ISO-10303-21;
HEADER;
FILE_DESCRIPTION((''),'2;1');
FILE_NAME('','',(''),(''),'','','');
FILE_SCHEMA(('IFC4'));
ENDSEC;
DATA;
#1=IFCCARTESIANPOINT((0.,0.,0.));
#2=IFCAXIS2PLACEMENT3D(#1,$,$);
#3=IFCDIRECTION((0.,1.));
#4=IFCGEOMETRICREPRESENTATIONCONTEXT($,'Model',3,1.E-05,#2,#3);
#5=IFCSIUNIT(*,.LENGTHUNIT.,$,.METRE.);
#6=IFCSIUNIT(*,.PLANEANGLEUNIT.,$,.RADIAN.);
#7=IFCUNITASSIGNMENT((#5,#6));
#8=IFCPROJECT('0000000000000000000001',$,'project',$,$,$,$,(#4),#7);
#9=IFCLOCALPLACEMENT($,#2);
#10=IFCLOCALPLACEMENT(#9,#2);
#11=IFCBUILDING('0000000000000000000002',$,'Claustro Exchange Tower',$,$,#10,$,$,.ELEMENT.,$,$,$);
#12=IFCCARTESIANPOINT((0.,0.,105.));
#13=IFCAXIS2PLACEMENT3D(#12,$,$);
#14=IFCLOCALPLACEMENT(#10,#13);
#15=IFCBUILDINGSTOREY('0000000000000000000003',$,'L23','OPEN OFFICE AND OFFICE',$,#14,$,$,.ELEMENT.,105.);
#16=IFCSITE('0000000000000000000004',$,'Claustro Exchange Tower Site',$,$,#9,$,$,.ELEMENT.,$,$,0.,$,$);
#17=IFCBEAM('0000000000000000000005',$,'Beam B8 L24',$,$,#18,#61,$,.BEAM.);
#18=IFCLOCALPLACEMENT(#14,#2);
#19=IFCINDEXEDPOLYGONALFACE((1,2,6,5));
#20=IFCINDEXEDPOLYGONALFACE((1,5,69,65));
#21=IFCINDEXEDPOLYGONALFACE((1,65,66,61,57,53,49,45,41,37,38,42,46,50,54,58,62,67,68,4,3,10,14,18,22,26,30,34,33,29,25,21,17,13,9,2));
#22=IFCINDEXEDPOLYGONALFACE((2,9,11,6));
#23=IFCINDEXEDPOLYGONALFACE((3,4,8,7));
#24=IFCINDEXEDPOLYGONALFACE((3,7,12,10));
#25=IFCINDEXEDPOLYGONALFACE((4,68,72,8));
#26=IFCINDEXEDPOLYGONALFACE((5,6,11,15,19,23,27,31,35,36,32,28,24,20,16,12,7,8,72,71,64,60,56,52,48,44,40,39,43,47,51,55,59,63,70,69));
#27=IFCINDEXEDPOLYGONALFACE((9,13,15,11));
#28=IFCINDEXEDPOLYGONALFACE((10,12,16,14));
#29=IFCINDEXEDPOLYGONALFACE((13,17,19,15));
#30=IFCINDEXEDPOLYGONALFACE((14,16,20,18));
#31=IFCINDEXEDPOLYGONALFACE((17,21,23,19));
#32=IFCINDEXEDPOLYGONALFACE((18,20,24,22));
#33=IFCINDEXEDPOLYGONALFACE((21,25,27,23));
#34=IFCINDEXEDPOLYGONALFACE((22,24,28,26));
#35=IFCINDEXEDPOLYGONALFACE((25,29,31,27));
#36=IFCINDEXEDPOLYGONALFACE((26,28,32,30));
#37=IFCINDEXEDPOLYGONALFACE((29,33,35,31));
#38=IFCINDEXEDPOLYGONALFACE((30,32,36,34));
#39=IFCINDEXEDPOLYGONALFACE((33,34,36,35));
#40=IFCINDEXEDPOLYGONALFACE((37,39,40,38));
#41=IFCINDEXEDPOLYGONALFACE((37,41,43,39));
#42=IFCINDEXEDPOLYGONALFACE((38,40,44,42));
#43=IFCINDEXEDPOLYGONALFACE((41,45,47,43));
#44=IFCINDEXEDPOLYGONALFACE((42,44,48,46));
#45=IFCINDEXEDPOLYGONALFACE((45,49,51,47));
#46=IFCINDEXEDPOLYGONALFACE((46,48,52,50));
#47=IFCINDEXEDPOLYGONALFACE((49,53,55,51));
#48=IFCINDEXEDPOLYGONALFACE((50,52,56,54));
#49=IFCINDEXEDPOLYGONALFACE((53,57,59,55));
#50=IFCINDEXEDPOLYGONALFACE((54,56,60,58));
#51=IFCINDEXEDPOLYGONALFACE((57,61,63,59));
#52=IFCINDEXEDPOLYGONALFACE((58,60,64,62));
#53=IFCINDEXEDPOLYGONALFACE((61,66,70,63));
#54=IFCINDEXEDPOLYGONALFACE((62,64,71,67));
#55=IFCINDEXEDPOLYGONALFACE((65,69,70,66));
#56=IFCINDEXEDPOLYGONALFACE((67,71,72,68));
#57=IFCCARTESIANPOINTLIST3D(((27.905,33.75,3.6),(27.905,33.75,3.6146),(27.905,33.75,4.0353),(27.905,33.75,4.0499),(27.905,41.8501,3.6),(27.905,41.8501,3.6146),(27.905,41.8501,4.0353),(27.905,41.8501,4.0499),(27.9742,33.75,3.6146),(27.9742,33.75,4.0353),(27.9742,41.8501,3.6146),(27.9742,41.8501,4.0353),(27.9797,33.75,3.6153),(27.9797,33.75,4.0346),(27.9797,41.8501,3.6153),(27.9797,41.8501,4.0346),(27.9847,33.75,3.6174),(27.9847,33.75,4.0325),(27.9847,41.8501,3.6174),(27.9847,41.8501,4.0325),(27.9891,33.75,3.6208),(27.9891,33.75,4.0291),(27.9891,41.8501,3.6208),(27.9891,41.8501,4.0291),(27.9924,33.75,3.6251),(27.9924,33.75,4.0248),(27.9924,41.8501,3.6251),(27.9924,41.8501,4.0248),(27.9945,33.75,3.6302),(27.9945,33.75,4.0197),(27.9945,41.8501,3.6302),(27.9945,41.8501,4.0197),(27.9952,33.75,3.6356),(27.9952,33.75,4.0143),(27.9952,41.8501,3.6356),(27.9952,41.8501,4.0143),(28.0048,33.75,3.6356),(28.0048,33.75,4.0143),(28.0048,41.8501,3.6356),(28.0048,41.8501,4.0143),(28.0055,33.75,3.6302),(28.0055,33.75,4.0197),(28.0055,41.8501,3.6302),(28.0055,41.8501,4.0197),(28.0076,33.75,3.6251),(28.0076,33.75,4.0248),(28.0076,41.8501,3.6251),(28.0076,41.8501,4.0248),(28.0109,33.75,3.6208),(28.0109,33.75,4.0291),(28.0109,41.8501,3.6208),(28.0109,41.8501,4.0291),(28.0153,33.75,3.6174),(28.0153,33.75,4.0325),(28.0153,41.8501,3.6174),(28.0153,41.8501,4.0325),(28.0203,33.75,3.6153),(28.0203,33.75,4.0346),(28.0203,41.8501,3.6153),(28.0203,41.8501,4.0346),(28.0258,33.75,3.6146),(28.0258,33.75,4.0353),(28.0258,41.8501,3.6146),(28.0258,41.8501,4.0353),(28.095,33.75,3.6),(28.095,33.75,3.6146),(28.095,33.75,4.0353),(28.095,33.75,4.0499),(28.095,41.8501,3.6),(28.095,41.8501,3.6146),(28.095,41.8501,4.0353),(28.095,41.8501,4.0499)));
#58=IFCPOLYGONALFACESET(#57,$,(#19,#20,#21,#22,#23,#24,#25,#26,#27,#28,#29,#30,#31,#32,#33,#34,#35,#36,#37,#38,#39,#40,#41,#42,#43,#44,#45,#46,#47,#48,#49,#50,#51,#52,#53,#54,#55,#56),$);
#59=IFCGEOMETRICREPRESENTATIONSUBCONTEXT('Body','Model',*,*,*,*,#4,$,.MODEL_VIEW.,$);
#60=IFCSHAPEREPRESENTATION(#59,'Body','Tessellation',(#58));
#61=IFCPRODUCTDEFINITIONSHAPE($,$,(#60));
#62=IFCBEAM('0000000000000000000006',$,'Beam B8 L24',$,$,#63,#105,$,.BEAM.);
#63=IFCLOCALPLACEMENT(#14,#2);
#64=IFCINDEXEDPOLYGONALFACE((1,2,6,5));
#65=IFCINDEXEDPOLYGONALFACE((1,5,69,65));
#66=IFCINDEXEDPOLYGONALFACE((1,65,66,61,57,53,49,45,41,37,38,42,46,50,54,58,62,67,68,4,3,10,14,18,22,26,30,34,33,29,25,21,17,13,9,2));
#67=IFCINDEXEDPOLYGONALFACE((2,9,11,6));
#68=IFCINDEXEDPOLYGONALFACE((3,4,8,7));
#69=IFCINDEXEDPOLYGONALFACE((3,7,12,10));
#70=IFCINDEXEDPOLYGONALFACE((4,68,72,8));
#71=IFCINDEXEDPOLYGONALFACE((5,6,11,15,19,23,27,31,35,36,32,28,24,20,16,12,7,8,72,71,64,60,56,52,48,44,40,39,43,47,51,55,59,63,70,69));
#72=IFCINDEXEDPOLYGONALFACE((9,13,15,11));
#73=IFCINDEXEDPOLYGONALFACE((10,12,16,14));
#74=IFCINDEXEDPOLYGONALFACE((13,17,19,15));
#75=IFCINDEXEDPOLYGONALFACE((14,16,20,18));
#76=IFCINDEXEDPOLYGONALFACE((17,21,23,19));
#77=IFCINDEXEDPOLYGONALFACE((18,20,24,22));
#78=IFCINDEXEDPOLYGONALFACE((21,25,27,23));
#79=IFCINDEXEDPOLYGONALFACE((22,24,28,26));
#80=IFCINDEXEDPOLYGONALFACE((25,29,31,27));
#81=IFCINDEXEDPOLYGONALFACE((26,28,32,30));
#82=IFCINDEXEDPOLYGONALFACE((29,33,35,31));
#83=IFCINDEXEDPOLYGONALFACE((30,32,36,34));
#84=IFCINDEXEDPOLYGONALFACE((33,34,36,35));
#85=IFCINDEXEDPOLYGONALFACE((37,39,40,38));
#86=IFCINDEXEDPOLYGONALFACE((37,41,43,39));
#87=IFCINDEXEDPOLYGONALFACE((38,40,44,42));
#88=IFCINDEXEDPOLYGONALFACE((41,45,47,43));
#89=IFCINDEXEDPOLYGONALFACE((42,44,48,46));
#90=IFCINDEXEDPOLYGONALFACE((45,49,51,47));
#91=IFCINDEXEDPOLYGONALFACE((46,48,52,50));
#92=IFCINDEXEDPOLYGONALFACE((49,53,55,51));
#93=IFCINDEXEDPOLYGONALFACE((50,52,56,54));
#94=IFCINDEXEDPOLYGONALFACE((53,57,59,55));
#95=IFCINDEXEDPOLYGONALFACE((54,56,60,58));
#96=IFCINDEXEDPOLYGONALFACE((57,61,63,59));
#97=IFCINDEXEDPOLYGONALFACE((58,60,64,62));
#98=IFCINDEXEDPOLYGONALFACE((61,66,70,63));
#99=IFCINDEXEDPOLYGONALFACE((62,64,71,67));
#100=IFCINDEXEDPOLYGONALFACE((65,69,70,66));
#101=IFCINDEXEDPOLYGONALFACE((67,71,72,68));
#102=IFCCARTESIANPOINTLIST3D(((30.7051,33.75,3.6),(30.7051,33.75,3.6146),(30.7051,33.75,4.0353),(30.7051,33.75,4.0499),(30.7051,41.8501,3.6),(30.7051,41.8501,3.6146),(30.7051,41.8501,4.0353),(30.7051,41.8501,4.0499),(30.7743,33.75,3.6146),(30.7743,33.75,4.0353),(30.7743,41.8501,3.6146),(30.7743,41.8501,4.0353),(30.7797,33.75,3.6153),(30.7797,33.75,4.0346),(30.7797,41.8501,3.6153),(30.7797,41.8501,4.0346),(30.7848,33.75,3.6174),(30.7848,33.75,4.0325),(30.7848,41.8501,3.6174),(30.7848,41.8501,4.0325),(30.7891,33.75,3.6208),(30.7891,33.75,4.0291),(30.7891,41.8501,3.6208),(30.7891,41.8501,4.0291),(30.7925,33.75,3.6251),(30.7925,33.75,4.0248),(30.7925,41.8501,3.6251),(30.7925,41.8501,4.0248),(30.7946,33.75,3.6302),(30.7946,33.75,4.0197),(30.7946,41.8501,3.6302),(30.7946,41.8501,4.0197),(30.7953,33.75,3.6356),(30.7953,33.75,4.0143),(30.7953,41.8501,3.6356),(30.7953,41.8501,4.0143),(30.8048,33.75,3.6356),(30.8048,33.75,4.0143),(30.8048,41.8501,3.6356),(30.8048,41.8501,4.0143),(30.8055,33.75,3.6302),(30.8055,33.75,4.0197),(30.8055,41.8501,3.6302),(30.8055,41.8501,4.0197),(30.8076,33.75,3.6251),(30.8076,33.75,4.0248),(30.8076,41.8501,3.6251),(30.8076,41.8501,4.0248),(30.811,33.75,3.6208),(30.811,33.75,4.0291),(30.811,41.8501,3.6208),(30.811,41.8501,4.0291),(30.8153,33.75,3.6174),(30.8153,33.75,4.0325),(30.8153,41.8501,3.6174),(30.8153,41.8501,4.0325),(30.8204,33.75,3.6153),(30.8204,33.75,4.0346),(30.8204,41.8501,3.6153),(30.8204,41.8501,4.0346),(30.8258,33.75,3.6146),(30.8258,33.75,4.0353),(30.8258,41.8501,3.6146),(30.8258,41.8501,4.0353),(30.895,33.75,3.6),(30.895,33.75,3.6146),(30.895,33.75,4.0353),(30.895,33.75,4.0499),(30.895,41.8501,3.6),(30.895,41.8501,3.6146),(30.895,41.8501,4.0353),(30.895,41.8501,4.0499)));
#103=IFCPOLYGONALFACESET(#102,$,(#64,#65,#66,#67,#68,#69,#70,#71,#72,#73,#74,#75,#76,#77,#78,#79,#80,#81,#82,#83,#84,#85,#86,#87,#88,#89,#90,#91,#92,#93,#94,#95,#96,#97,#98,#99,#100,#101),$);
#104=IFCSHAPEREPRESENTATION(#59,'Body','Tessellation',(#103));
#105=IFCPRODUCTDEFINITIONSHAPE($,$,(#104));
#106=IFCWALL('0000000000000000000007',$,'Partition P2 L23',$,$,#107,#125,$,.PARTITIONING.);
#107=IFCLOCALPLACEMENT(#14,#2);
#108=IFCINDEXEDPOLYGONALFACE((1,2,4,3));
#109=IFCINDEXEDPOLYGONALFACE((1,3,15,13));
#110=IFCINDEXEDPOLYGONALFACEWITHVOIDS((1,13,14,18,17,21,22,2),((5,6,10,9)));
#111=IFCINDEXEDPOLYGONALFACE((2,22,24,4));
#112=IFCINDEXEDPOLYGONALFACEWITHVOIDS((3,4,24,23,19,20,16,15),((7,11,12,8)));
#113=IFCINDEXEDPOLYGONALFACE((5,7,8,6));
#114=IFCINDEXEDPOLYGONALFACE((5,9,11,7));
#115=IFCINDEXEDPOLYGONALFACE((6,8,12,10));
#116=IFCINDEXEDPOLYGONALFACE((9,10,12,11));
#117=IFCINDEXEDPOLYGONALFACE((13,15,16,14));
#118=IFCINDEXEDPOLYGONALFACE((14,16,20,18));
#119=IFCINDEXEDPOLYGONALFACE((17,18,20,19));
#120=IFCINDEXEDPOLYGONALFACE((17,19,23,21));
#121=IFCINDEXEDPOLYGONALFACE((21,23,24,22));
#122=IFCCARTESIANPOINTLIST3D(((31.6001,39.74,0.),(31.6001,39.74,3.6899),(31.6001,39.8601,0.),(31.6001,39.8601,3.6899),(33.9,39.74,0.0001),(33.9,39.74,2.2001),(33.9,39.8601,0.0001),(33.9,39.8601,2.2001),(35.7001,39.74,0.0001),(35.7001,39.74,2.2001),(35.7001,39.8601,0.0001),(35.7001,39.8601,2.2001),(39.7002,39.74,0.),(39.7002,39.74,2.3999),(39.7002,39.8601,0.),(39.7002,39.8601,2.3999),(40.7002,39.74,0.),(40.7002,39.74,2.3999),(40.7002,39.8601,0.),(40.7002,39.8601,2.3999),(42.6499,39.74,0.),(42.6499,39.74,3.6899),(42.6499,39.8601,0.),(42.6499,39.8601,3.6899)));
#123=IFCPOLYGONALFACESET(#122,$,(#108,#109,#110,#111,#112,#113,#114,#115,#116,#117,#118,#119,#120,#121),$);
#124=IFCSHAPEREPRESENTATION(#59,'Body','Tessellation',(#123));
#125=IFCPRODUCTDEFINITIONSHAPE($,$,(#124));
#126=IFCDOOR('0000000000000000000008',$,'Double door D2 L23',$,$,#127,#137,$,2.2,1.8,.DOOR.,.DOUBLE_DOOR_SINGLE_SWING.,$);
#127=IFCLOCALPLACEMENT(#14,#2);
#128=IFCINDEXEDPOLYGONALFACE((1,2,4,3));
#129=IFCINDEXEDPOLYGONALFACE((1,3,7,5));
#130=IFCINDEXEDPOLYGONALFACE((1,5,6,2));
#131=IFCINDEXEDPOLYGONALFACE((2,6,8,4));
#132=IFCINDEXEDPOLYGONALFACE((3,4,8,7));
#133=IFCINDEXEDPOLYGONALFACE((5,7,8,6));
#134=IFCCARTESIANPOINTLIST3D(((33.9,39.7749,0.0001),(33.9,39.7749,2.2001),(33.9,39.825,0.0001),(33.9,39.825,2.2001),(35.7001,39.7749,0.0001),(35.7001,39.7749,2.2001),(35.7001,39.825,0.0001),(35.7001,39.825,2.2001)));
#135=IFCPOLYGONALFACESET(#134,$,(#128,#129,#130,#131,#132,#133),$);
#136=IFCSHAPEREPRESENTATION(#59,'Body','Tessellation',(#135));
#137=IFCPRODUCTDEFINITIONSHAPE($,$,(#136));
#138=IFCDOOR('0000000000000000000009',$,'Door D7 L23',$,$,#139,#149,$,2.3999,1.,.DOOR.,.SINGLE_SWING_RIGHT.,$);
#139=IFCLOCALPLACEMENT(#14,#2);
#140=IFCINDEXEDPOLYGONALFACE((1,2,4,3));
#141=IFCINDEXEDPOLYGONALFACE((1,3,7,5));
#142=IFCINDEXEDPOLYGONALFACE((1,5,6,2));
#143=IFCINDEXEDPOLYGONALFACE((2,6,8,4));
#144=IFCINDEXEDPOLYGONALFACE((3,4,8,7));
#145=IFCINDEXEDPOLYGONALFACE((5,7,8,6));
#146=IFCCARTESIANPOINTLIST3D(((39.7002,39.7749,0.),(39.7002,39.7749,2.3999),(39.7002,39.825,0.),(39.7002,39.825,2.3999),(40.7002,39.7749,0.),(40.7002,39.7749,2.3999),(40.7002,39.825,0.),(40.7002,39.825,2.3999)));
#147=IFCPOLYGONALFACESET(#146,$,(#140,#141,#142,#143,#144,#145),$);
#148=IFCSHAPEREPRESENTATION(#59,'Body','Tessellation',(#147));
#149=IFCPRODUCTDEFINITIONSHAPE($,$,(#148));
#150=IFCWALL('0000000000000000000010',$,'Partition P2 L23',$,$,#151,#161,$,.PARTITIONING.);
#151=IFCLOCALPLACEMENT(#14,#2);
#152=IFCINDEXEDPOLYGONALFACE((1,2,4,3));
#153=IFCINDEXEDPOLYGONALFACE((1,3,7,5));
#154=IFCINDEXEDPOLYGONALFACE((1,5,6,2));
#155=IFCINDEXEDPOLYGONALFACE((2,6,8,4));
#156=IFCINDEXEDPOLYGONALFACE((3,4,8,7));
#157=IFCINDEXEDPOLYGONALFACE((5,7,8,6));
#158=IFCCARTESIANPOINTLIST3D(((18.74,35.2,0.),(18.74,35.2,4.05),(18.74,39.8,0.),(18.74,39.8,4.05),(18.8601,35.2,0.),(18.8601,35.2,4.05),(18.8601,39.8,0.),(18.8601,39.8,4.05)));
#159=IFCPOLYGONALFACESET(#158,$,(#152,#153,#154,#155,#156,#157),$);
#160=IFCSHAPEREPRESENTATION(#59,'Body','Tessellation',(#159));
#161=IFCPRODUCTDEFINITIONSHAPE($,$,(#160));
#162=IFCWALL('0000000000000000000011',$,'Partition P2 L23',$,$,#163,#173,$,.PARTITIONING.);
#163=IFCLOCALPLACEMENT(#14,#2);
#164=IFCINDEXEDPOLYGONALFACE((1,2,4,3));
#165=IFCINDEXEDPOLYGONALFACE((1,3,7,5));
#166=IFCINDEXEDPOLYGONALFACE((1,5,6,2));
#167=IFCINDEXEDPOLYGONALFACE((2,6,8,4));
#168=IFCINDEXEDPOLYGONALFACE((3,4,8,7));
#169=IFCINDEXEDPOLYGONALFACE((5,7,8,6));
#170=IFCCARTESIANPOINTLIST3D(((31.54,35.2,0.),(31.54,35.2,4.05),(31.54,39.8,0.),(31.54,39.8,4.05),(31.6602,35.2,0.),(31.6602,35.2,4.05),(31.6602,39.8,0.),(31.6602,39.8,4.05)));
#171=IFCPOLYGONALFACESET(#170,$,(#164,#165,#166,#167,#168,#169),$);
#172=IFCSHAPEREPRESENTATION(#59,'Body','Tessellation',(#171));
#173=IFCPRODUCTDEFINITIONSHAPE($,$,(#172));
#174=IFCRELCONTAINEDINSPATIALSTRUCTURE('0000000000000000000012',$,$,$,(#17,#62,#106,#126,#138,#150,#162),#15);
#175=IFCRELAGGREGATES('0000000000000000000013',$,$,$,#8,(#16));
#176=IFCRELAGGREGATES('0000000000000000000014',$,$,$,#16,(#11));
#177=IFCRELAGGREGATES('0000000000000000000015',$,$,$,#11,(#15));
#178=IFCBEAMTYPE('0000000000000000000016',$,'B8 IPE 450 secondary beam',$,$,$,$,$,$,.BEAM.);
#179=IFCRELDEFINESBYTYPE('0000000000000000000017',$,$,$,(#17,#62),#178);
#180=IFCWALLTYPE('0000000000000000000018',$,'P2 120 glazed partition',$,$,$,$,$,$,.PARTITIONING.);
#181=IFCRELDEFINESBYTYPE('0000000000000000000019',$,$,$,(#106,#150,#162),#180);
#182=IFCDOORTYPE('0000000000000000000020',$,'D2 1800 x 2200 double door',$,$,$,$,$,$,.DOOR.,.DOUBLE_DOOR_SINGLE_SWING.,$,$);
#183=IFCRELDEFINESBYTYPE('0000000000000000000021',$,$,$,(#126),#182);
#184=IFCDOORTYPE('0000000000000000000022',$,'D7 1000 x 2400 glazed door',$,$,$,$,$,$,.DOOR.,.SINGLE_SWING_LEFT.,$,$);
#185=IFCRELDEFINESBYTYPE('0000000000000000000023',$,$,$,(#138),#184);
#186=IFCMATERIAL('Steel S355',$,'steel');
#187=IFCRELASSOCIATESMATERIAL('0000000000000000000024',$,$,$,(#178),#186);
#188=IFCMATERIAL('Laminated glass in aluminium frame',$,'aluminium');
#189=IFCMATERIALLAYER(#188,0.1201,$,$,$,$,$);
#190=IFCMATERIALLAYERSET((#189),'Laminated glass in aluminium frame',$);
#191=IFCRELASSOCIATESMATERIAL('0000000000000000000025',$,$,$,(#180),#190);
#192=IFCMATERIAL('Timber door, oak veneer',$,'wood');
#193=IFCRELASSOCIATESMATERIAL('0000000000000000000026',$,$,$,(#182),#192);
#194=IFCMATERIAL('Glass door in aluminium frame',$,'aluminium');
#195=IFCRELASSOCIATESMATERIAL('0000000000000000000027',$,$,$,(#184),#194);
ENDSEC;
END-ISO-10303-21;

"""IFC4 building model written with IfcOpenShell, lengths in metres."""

from ifc_helpers import new_model, si_unit, direction, frame, frame_2d, origin, origin_2d, place, context, subcontext, project, spatial, rectangle, i_section, extrude, material, layer, layer_set, material_profile, profile_set, type_object, element, fill, save


model = new_model("IFC4")

# Units and contexts
model_context = context("Model", 3, precision=1e-05, world=origin(), true_north=direction((0.0, 1.0)))
body_context = subcontext(model_context, "Body", "Model", "MODEL_VIEW")
ifc_project = project(units=[si_unit("LENGTHUNIT", "METRE"), si_unit("PLANEANGLEUNIT", "RADIAN")], contexts=[model_context])

# Site, building, storey
site_placement = place(None, origin())
site = spatial("IfcSite", under=ifc_project, at=site_placement, Name="Claustro Exchange Tower Site", CompositionType="ELEMENT", RefElevation=0.0)
building_placement = place(site_placement, origin())
building = spatial("IfcBuilding", under=site, at=building_placement, Name="Claustro Exchange Tower", CompositionType="ELEMENT")
storey_placement = place(building_placement, frame((0.0, 0.0, 105.0)))
storey = spatial("IfcBuildingStorey", under=building, at=storey_placement, Name="L23", Description="OPEN OFFICE AND OFFICE", CompositionType="ELEMENT", Elevation=105.0)

# Beams
ifc_material_1 = material(Name="Steel S355", Category="steel")
ifc_material_profile_1 = material_profile(ifc_material_1, i_section(OverallWidth=0.1899, OverallDepth=0.45, WebThickness=0.0095, FlangeThickness=0.0146, FilletRadius=0.021, at=origin_2d()), Name="IPE 450")
ifc_profile_set_1 = profile_set([ifc_material_profile_1], Name="Steel S355")
beam_type_1 = type_object("IfcBeamType", Name="B8 IPE 450 secondary beam", PredefinedType="BEAM", material=ifc_profile_set_1)
for number, where, z_axis, x_axis, name in (
    (1, (28.0, 33.75, 3.825), (0.0, 1.0, 0.0), (-1.0, 0.0, 0.0), "Beam B8 L24"),
    (2, (30.8, 33.75, 3.825), (0.0, 1.0, 0.0), (-1.0, 0.0, 0.0), "Beam B8 L24"),
):
    element("IfcBeam", number, at=place(storey_placement, frame(where, z_axis=z_axis, x_axis=x_axis)), inside=storey, type_object=beam_type_1, Name=name, PredefinedType="BEAM", context=body_context, shape_type="SweptSolid", body=[
        extrude(i_section(OverallWidth=0.1899, OverallDepth=0.45, WebThickness=0.0095, FlangeThickness=0.0146, FilletRadius=0.021, at=origin_2d()), origin(), (0.0, 0.0, 1.0), 8.1001),
    ])

# Wall, openings, doors
ifc_material_2 = material(Name="Laminated glass in aluminium frame", Category="aluminium")
ifc_layer_1 = layer(ifc_material_2, 0.1201)
ifc_layer_set_1 = layer_set([ifc_layer_1], Name="Laminated glass in aluminium frame")
wall_type_1 = type_object("IfcWallType", Name="P2 120 glazed partition", PredefinedType="PARTITIONING", material=ifc_layer_set_1)
wall_1_placement = place(storey_placement, frame((31.6001, 39.8, 0.0), z_axis=(0.0, 0.0, 1.0), x_axis=(1.0, 0.0, 0.0)))
wall_1 = element("IfcWall", 3, at=wall_1_placement, inside=storey, type_object=wall_type_1, Name="Partition P2 L23", PredefinedType="PARTITIONING", context=body_context, shape_type="SweptSolid", body=[
    extrude(rectangle(XDim=11.0498, YDim=0.1201, at=frame_2d((5.5249, 0.0))), origin(), (0.0, 0.0, 1.0), 3.6899),
])
opening_1_placement = place(wall_1_placement, frame((2.3, 0.0, 0.0)))
opening_1 = element("IfcOpeningElement", 4, at=opening_1_placement, cuts=wall_1, PredefinedType="OPENING", context=body_context, shape_type="SweptSolid", body=[
    extrude(rectangle(XDim=1.8, YDim=2.2, at=frame_2d((0.8999, 1.1001))), frame((0.0, 0.0701, 0.0), z_axis=(0.0, -1.0, 0.0), x_axis=(1.0, 0.0, 0.0)), (0.0, 0.0, 1.0), 0.1401),
])
opening_2_placement = place(wall_1_placement, frame((8.1001, 0.0, 0.0)))
opening_2 = element("IfcOpeningElement", 5, at=opening_2_placement, cuts=wall_1, PredefinedType="OPENING", context=body_context, shape_type="SweptSolid", body=[
    extrude(rectangle(XDim=1.0, YDim=2.3999, at=frame_2d((0.5, 1.2))), frame((0.0, 0.0701, 0.0), z_axis=(0.0, -1.0, 0.0), x_axis=(1.0, 0.0, 0.0)), (0.0, 0.0, 1.0), 0.1401),
])
ifc_material_3 = material(Name="Timber door, oak veneer", Category="wood")
door_type_1 = type_object("IfcDoorType", Name="D2 1800 x 2200 double door", OperationType="DOUBLE_DOOR_SINGLE_SWING", PredefinedType="DOOR", material=ifc_material_3)
door_1_placement = place(opening_1_placement, origin())
door_1 = element("IfcDoor", 6, at=door_1_placement, inside=storey, type_object=door_type_1, Name="Double door D2 L23", OperationType="DOUBLE_DOOR_SINGLE_SWING", OverallHeight=2.2, OverallWidth=1.8, PredefinedType="DOOR", context=body_context, shape_type="SweptSolid", body=[
    extrude(rectangle(XDim=1.8, YDim=2.2, at=frame_2d((0.8999, 1.1001))), frame((0.0, 0.0249, 0.0), z_axis=(0.0, -1.0, 0.0), x_axis=(1.0, 0.0, 0.0)), (0.0, 0.0, 1.0), 0.05),
])
fill(opening_1, door_1)
ifc_material_4 = material(Name="Glass door in aluminium frame", Category="aluminium")
door_type_2 = type_object("IfcDoorType", Name="D7 1000 x 2400 glazed door", OperationType="SINGLE_SWING_LEFT", PredefinedType="DOOR", material=ifc_material_4)
door_2_placement = place(opening_2_placement, origin())
door_2 = element("IfcDoor", 7, at=door_2_placement, inside=storey, type_object=door_type_2, Name="Door D7 L23", OperationType="SINGLE_SWING_RIGHT", OverallHeight=2.3999, OverallWidth=1.0, PredefinedType="DOOR", context=body_context, shape_type="SweptSolid", body=[
    extrude(rectangle(XDim=1.0, YDim=2.3999, at=frame_2d((0.5, 1.2))), frame((0.0, 0.0249, 0.0), z_axis=(0.0, -1.0, 0.0), x_axis=(1.0, 0.0, 0.0)), (0.0, 0.0, 1.0), 0.05),
])
fill(opening_2, door_2)

# Walls
for number, where, z_axis, x_axis, name in (
    (8, (18.8, 35.2, 0.0), (0.0, 0.0, 1.0), (0.0, 1.0, 0.0), "Partition P2 L23"),
    (9, (31.6001, 35.2, 0.0), (0.0, 0.0, 1.0), (0.0, 1.0, 0.0), "Partition P2 L23"),
):
    element("IfcWall", number, at=place(storey_placement, frame(where, z_axis=z_axis, x_axis=x_axis)), inside=storey, type_object=wall_type_1, Name=name, PredefinedType="PARTITIONING", context=body_context, shape_type="SweptSolid", body=[
        extrude(rectangle(XDim=4.6001, YDim=0.1201, at=frame_2d((2.3, 0.0))), origin(), (0.0, 0.0, 1.0), 4.05),
    ])

save(model, "model.ifc")
